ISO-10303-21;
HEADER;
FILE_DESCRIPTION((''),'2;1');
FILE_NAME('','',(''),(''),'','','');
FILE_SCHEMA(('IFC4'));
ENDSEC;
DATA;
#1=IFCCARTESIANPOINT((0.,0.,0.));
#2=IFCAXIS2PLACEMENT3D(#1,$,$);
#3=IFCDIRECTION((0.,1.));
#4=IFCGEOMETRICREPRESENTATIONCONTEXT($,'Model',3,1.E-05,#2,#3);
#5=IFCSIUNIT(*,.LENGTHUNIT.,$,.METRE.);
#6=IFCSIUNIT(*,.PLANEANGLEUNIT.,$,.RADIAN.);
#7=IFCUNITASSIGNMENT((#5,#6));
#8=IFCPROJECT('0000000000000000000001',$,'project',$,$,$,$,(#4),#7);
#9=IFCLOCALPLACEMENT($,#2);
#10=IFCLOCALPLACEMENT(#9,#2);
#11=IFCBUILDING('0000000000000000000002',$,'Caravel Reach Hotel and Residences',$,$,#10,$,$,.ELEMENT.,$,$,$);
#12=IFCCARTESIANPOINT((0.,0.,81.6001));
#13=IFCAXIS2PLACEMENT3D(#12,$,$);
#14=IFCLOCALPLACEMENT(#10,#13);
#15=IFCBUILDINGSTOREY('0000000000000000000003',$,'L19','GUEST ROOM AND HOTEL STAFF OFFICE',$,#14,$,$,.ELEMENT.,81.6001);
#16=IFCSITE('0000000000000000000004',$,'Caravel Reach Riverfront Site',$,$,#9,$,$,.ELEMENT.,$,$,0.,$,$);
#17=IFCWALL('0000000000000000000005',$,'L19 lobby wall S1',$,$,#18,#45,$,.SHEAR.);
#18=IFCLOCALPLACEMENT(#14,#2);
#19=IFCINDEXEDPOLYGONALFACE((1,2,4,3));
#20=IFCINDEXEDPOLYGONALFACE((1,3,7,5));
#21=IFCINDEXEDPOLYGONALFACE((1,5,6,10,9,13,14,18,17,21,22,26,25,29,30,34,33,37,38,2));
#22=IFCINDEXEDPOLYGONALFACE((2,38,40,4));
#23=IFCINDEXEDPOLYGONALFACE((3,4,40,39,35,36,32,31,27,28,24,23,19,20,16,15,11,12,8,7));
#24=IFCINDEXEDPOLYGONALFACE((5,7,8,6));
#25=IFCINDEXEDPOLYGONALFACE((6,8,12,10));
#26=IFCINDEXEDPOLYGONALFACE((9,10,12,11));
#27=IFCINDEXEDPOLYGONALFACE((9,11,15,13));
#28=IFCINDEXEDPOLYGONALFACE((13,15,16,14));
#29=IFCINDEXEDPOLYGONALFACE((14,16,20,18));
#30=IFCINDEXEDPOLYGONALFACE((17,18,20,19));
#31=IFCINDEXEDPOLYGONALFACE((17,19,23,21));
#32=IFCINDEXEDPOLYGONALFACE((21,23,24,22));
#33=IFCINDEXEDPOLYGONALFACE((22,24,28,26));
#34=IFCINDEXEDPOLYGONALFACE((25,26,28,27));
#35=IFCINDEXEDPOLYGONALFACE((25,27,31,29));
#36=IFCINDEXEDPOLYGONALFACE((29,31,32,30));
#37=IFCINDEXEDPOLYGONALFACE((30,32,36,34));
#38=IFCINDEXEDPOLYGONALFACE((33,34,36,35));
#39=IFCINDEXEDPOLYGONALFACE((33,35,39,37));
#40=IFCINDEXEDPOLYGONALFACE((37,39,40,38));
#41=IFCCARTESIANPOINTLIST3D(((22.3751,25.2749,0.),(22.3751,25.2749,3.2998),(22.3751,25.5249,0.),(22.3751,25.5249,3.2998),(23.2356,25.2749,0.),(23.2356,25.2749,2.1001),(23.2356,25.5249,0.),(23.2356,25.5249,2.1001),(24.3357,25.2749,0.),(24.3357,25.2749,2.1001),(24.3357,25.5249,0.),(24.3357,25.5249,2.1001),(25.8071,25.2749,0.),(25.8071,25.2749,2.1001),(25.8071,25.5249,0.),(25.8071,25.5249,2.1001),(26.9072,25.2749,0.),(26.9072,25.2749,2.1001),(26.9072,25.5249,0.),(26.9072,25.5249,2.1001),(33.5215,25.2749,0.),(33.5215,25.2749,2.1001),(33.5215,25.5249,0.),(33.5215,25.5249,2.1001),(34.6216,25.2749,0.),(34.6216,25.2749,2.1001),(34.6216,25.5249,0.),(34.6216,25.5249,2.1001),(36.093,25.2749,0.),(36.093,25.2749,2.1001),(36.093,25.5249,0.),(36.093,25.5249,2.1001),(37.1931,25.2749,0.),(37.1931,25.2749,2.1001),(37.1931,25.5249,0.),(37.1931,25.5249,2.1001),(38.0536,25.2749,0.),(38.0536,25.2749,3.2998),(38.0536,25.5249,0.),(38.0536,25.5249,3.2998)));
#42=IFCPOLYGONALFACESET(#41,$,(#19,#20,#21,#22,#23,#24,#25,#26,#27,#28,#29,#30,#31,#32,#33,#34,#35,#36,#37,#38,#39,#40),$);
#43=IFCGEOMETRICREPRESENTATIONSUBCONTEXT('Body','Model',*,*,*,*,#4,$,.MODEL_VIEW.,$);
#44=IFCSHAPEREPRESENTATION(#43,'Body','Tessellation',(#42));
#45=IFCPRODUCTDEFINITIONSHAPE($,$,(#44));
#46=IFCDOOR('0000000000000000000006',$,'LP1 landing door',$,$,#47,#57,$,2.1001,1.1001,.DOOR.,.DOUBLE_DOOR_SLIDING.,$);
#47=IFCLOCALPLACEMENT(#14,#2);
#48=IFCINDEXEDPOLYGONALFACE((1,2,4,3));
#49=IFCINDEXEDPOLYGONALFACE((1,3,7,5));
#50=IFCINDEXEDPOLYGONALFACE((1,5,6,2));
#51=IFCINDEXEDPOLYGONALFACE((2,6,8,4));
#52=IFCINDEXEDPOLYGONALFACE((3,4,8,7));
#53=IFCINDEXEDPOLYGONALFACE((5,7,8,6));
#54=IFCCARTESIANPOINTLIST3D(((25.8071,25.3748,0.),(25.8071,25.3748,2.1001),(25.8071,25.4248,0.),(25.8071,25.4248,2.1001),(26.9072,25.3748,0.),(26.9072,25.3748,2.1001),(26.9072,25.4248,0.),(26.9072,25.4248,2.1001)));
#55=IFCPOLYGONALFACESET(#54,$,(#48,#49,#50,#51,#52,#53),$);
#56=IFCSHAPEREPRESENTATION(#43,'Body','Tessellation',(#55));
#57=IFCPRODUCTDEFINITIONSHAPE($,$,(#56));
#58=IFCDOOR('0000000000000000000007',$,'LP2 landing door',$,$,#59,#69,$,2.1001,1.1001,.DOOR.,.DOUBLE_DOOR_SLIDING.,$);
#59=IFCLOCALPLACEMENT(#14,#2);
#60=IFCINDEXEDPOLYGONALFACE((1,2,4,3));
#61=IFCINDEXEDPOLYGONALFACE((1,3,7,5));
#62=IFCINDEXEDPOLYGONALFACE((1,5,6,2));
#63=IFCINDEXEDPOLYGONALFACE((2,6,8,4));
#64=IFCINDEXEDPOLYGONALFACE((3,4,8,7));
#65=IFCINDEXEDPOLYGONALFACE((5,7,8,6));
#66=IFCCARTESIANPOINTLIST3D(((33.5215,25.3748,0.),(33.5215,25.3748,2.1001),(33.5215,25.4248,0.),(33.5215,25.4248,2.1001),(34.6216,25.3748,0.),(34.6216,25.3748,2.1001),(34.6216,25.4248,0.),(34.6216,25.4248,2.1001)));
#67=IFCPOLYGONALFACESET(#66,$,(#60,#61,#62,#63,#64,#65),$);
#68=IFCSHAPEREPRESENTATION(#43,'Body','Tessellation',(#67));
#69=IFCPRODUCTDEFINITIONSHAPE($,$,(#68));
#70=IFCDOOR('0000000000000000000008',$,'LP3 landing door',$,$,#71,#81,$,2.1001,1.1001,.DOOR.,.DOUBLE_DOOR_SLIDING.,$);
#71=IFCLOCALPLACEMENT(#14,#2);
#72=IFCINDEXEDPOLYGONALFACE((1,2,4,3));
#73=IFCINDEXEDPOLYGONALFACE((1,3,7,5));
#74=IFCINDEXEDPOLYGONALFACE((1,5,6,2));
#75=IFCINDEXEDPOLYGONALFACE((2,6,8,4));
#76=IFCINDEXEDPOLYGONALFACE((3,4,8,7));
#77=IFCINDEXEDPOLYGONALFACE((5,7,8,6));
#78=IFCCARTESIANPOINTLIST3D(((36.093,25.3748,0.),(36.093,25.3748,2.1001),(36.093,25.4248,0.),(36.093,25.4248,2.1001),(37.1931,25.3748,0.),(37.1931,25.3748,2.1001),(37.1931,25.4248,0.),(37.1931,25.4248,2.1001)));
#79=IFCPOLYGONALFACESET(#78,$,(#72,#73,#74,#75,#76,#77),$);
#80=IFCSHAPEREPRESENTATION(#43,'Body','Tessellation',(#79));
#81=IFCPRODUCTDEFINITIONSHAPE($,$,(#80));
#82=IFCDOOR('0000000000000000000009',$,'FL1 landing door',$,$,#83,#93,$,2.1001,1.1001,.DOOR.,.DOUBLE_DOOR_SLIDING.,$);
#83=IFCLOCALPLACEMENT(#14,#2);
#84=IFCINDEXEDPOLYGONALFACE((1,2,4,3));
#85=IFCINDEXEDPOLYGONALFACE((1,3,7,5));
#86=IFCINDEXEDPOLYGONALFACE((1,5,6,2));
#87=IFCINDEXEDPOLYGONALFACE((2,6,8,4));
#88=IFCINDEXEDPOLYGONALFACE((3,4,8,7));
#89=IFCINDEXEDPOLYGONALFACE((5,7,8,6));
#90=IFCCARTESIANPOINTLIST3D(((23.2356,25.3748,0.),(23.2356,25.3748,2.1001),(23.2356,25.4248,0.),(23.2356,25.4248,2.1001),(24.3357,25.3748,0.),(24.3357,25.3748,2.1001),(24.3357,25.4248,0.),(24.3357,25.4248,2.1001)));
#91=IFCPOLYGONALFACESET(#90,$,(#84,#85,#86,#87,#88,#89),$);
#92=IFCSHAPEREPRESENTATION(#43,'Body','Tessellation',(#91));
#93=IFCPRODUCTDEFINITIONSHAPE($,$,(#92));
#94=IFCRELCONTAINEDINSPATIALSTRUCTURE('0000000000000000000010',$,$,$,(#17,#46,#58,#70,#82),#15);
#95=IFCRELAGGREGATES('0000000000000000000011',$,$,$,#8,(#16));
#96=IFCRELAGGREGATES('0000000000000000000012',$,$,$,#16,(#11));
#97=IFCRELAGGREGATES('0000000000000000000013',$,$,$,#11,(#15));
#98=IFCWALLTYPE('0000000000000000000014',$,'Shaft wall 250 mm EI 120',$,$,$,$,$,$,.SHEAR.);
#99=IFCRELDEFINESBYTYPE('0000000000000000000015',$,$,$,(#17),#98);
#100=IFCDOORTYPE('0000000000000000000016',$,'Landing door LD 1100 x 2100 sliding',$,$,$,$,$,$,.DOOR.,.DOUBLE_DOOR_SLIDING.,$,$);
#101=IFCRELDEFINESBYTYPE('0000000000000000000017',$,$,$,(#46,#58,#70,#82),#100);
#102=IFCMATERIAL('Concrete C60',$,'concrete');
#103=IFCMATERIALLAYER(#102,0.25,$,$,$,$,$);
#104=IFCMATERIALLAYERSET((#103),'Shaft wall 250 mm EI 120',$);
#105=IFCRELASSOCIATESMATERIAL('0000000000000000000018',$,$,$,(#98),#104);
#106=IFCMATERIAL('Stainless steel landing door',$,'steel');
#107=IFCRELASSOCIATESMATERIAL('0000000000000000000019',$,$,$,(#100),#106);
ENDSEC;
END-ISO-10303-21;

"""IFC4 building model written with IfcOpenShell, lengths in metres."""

from ifc_helpers import new_model, si_unit, direction, frame, frame_2d, origin, place, context, subcontext, project, spatial, rectangle, extrude, material, layer, layer_set, type_object, element, fill, save


model = new_model("IFC4")

# Units and contexts
model_context = context("Model", 3, precision=1e-05, world=origin(), true_north=direction((0.0, 1.0)))
body_context = subcontext(model_context, "Body", "Model", "MODEL_VIEW")
ifc_project = project(units=[si_unit("LENGTHUNIT", "METRE"), si_unit("PLANEANGLEUNIT", "RADIAN")], contexts=[model_context])

# Site, building, storey
site_placement = place(None, origin())
site = spatial("IfcSite", under=ifc_project, at=site_placement, Name="Caravel Reach Riverfront Site", CompositionType="ELEMENT", RefElevation=0.0)
building_placement = place(site_placement, origin())
building = spatial("IfcBuilding", under=site, at=building_placement, Name="Caravel Reach Hotel and Residences", CompositionType="ELEMENT")
storey_placement = place(building_placement, frame((0.0, 0.0, 81.6001)))
storey = spatial("IfcBuildingStorey", under=building, at=storey_placement, Name="L19", Description="GUEST ROOM AND HOTEL STAFF OFFICE", CompositionType="ELEMENT", Elevation=81.6001)

# Wall, openings, doors
ifc_material_1 = material(Name="Concrete C60", Category="concrete")
ifc_layer_1 = layer(ifc_material_1, 0.25)
ifc_layer_set_1 = layer_set([ifc_layer_1], Name="Shaft wall 250 mm EI 120")
wall_type_1 = type_object("IfcWallType", Name="Shaft wall 250 mm EI 120", PredefinedType="SHEAR", material=ifc_layer_set_1)
wall_1_placement = place(storey_placement, frame((22.375, 25.3999, 0.0), z_axis=(0.0, 0.0, 1.0), x_axis=(1.0, 0.0, 0.0)))
wall_1 = element("IfcWall", 1, at=wall_1_placement, inside=storey, type_object=wall_type_1, Name="L19 lobby wall S1", PredefinedType="SHEAR", context=body_context, shape_type="SweptSolid", body=[
    extrude(rectangle(XDim=15.6785, YDim=0.25, at=frame_2d((7.8394, 0.0))), origin(), (0.0, 0.0, 1.0), 3.2998),
])
opening_1_placement = place(wall_1_placement, frame((3.4321, 0.0, 0.0)))
opening_1 = element("IfcOpeningElement", 2, at=opening_1_placement, cuts=wall_1, PredefinedType="OPENING", context=body_context, shape_type="SweptSolid", body=[
    extrude(rectangle(XDim=1.1001, YDim=2.1001, at=frame_2d((0.55, 1.05))), frame((0.0, 0.135, 0.0), z_axis=(0.0, -1.0, 0.0), x_axis=(1.0, 0.0, 0.0)), (0.0, 0.0, 1.0), 0.27),
])
opening_2_placement = place(wall_1_placement, frame((11.1465, 0.0, 0.0)))
opening_2 = element("IfcOpeningElement", 3, at=opening_2_placement, cuts=wall_1, PredefinedType="OPENING", context=body_context, shape_type="SweptSolid", body=[
    extrude(rectangle(XDim=1.1001, YDim=2.1001, at=frame_2d((0.55, 1.05))), frame((0.0, 0.135, 0.0), z_axis=(0.0, -1.0, 0.0), x_axis=(1.0, 0.0, 0.0)), (0.0, 0.0, 1.0), 0.27),
])
opening_3_placement = place(wall_1_placement, frame((13.718, 0.0, 0.0)))
opening_3 = element("IfcOpeningElement", 4, at=opening_3_placement, cuts=wall_1, PredefinedType="OPENING", context=body_context, shape_type="SweptSolid", body=[
    extrude(rectangle(XDim=1.1001, YDim=2.1001, at=frame_2d((0.55, 1.05))), frame((0.0, 0.135, 0.0), z_axis=(0.0, -1.0, 0.0), x_axis=(1.0, 0.0, 0.0)), (0.0, 0.0, 1.0), 0.27),
])
opening_4_placement = place(wall_1_placement, frame((0.8606, 0.0, 0.0)))
opening_4 = element("IfcOpeningElement", 5, at=opening_4_placement, cuts=wall_1, PredefinedType="OPENING", context=body_context, shape_type="SweptSolid", body=[
    extrude(rectangle(XDim=1.1001, YDim=2.1001, at=frame_2d((0.55, 1.05))), frame((0.0, 0.135, 0.0), z_axis=(0.0, -1.0, 0.0), x_axis=(1.0, 0.0, 0.0)), (0.0, 0.0, 1.0), 0.27),
])
ifc_material_2 = material(Name="Stainless steel landing door", Category="steel")
door_type_1 = type_object("IfcDoorType", Name="Landing door LD 1100 x 2100 sliding", OperationType="DOUBLE_DOOR_SLIDING", PredefinedType="DOOR", material=ifc_material_2)
door_1_placement = place(opening_1_placement, origin())
door_1 = element("IfcDoor", 6, at=door_1_placement, inside=storey, type_object=door_type_1, Name="LP1 landing door", OperationType="DOUBLE_DOOR_SLIDING", OverallHeight=2.1001, OverallWidth=1.1001, PredefinedType="DOOR", context=body_context, shape_type="SweptSolid", body=[
    extrude(rectangle(XDim=1.1001, YDim=2.1001, at=frame_2d((0.55, 1.05))), frame((0.0, 0.0249, 0.0), z_axis=(0.0, -1.0, 0.0), x_axis=(1.0, 0.0, 0.0)), (0.0, 0.0, 1.0), 0.05),
])
fill(opening_1, door_1)
door_2_placement = place(opening_2_placement, origin())
door_2 = element("IfcDoor", 7, at=door_2_placement, inside=storey, type_object=door_type_1, Name="LP2 landing door", OperationType="DOUBLE_DOOR_SLIDING", OverallHeight=2.1001, OverallWidth=1.1001, PredefinedType="DOOR", context=body_context, shape_type="SweptSolid", body=[
    extrude(rectangle(XDim=1.1001, YDim=2.1001, at=frame_2d((0.55, 1.05))), frame((0.0, 0.0249, 0.0), z_axis=(0.0, -1.0, 0.0), x_axis=(1.0, 0.0, 0.0)), (0.0, 0.0, 1.0), 0.05),
])
fill(opening_2, door_2)
door_3_placement = place(opening_3_placement, origin())
door_3 = element("IfcDoor", 8, at=door_3_placement, inside=storey, type_object=door_type_1, Name="LP3 landing door", OperationType="DOUBLE_DOOR_SLIDING", OverallHeight=2.1001, OverallWidth=1.1001, PredefinedType="DOOR", context=body_context, shape_type="SweptSolid", body=[
    extrude(rectangle(XDim=1.1001, YDim=2.1001, at=frame_2d((0.55, 1.05))), frame((0.0, 0.0249, 0.0), z_axis=(0.0, -1.0, 0.0), x_axis=(1.0, 0.0, 0.0)), (0.0, 0.0, 1.0), 0.05),
])
fill(opening_3, door_3)
door_4_placement = place(opening_4_placement, origin())
door_4 = element("IfcDoor", 9, at=door_4_placement, inside=storey, type_object=door_type_1, Name="FL1 landing door", OperationType="DOUBLE_DOOR_SLIDING", OverallHeight=2.1001, OverallWidth=1.1001, PredefinedType="DOOR", context=body_context, shape_type="SweptSolid", body=[
    extrude(rectangle(XDim=1.1001, YDim=2.1001, at=frame_2d((0.55, 1.05))), frame((0.0, 0.0249, 0.0), z_axis=(0.0, -1.0, 0.0), x_axis=(1.0, 0.0, 0.0)), (0.0, 0.0, 1.0), 0.05),
])
fill(opening_4, door_4)

save(model, "model.ifc")
